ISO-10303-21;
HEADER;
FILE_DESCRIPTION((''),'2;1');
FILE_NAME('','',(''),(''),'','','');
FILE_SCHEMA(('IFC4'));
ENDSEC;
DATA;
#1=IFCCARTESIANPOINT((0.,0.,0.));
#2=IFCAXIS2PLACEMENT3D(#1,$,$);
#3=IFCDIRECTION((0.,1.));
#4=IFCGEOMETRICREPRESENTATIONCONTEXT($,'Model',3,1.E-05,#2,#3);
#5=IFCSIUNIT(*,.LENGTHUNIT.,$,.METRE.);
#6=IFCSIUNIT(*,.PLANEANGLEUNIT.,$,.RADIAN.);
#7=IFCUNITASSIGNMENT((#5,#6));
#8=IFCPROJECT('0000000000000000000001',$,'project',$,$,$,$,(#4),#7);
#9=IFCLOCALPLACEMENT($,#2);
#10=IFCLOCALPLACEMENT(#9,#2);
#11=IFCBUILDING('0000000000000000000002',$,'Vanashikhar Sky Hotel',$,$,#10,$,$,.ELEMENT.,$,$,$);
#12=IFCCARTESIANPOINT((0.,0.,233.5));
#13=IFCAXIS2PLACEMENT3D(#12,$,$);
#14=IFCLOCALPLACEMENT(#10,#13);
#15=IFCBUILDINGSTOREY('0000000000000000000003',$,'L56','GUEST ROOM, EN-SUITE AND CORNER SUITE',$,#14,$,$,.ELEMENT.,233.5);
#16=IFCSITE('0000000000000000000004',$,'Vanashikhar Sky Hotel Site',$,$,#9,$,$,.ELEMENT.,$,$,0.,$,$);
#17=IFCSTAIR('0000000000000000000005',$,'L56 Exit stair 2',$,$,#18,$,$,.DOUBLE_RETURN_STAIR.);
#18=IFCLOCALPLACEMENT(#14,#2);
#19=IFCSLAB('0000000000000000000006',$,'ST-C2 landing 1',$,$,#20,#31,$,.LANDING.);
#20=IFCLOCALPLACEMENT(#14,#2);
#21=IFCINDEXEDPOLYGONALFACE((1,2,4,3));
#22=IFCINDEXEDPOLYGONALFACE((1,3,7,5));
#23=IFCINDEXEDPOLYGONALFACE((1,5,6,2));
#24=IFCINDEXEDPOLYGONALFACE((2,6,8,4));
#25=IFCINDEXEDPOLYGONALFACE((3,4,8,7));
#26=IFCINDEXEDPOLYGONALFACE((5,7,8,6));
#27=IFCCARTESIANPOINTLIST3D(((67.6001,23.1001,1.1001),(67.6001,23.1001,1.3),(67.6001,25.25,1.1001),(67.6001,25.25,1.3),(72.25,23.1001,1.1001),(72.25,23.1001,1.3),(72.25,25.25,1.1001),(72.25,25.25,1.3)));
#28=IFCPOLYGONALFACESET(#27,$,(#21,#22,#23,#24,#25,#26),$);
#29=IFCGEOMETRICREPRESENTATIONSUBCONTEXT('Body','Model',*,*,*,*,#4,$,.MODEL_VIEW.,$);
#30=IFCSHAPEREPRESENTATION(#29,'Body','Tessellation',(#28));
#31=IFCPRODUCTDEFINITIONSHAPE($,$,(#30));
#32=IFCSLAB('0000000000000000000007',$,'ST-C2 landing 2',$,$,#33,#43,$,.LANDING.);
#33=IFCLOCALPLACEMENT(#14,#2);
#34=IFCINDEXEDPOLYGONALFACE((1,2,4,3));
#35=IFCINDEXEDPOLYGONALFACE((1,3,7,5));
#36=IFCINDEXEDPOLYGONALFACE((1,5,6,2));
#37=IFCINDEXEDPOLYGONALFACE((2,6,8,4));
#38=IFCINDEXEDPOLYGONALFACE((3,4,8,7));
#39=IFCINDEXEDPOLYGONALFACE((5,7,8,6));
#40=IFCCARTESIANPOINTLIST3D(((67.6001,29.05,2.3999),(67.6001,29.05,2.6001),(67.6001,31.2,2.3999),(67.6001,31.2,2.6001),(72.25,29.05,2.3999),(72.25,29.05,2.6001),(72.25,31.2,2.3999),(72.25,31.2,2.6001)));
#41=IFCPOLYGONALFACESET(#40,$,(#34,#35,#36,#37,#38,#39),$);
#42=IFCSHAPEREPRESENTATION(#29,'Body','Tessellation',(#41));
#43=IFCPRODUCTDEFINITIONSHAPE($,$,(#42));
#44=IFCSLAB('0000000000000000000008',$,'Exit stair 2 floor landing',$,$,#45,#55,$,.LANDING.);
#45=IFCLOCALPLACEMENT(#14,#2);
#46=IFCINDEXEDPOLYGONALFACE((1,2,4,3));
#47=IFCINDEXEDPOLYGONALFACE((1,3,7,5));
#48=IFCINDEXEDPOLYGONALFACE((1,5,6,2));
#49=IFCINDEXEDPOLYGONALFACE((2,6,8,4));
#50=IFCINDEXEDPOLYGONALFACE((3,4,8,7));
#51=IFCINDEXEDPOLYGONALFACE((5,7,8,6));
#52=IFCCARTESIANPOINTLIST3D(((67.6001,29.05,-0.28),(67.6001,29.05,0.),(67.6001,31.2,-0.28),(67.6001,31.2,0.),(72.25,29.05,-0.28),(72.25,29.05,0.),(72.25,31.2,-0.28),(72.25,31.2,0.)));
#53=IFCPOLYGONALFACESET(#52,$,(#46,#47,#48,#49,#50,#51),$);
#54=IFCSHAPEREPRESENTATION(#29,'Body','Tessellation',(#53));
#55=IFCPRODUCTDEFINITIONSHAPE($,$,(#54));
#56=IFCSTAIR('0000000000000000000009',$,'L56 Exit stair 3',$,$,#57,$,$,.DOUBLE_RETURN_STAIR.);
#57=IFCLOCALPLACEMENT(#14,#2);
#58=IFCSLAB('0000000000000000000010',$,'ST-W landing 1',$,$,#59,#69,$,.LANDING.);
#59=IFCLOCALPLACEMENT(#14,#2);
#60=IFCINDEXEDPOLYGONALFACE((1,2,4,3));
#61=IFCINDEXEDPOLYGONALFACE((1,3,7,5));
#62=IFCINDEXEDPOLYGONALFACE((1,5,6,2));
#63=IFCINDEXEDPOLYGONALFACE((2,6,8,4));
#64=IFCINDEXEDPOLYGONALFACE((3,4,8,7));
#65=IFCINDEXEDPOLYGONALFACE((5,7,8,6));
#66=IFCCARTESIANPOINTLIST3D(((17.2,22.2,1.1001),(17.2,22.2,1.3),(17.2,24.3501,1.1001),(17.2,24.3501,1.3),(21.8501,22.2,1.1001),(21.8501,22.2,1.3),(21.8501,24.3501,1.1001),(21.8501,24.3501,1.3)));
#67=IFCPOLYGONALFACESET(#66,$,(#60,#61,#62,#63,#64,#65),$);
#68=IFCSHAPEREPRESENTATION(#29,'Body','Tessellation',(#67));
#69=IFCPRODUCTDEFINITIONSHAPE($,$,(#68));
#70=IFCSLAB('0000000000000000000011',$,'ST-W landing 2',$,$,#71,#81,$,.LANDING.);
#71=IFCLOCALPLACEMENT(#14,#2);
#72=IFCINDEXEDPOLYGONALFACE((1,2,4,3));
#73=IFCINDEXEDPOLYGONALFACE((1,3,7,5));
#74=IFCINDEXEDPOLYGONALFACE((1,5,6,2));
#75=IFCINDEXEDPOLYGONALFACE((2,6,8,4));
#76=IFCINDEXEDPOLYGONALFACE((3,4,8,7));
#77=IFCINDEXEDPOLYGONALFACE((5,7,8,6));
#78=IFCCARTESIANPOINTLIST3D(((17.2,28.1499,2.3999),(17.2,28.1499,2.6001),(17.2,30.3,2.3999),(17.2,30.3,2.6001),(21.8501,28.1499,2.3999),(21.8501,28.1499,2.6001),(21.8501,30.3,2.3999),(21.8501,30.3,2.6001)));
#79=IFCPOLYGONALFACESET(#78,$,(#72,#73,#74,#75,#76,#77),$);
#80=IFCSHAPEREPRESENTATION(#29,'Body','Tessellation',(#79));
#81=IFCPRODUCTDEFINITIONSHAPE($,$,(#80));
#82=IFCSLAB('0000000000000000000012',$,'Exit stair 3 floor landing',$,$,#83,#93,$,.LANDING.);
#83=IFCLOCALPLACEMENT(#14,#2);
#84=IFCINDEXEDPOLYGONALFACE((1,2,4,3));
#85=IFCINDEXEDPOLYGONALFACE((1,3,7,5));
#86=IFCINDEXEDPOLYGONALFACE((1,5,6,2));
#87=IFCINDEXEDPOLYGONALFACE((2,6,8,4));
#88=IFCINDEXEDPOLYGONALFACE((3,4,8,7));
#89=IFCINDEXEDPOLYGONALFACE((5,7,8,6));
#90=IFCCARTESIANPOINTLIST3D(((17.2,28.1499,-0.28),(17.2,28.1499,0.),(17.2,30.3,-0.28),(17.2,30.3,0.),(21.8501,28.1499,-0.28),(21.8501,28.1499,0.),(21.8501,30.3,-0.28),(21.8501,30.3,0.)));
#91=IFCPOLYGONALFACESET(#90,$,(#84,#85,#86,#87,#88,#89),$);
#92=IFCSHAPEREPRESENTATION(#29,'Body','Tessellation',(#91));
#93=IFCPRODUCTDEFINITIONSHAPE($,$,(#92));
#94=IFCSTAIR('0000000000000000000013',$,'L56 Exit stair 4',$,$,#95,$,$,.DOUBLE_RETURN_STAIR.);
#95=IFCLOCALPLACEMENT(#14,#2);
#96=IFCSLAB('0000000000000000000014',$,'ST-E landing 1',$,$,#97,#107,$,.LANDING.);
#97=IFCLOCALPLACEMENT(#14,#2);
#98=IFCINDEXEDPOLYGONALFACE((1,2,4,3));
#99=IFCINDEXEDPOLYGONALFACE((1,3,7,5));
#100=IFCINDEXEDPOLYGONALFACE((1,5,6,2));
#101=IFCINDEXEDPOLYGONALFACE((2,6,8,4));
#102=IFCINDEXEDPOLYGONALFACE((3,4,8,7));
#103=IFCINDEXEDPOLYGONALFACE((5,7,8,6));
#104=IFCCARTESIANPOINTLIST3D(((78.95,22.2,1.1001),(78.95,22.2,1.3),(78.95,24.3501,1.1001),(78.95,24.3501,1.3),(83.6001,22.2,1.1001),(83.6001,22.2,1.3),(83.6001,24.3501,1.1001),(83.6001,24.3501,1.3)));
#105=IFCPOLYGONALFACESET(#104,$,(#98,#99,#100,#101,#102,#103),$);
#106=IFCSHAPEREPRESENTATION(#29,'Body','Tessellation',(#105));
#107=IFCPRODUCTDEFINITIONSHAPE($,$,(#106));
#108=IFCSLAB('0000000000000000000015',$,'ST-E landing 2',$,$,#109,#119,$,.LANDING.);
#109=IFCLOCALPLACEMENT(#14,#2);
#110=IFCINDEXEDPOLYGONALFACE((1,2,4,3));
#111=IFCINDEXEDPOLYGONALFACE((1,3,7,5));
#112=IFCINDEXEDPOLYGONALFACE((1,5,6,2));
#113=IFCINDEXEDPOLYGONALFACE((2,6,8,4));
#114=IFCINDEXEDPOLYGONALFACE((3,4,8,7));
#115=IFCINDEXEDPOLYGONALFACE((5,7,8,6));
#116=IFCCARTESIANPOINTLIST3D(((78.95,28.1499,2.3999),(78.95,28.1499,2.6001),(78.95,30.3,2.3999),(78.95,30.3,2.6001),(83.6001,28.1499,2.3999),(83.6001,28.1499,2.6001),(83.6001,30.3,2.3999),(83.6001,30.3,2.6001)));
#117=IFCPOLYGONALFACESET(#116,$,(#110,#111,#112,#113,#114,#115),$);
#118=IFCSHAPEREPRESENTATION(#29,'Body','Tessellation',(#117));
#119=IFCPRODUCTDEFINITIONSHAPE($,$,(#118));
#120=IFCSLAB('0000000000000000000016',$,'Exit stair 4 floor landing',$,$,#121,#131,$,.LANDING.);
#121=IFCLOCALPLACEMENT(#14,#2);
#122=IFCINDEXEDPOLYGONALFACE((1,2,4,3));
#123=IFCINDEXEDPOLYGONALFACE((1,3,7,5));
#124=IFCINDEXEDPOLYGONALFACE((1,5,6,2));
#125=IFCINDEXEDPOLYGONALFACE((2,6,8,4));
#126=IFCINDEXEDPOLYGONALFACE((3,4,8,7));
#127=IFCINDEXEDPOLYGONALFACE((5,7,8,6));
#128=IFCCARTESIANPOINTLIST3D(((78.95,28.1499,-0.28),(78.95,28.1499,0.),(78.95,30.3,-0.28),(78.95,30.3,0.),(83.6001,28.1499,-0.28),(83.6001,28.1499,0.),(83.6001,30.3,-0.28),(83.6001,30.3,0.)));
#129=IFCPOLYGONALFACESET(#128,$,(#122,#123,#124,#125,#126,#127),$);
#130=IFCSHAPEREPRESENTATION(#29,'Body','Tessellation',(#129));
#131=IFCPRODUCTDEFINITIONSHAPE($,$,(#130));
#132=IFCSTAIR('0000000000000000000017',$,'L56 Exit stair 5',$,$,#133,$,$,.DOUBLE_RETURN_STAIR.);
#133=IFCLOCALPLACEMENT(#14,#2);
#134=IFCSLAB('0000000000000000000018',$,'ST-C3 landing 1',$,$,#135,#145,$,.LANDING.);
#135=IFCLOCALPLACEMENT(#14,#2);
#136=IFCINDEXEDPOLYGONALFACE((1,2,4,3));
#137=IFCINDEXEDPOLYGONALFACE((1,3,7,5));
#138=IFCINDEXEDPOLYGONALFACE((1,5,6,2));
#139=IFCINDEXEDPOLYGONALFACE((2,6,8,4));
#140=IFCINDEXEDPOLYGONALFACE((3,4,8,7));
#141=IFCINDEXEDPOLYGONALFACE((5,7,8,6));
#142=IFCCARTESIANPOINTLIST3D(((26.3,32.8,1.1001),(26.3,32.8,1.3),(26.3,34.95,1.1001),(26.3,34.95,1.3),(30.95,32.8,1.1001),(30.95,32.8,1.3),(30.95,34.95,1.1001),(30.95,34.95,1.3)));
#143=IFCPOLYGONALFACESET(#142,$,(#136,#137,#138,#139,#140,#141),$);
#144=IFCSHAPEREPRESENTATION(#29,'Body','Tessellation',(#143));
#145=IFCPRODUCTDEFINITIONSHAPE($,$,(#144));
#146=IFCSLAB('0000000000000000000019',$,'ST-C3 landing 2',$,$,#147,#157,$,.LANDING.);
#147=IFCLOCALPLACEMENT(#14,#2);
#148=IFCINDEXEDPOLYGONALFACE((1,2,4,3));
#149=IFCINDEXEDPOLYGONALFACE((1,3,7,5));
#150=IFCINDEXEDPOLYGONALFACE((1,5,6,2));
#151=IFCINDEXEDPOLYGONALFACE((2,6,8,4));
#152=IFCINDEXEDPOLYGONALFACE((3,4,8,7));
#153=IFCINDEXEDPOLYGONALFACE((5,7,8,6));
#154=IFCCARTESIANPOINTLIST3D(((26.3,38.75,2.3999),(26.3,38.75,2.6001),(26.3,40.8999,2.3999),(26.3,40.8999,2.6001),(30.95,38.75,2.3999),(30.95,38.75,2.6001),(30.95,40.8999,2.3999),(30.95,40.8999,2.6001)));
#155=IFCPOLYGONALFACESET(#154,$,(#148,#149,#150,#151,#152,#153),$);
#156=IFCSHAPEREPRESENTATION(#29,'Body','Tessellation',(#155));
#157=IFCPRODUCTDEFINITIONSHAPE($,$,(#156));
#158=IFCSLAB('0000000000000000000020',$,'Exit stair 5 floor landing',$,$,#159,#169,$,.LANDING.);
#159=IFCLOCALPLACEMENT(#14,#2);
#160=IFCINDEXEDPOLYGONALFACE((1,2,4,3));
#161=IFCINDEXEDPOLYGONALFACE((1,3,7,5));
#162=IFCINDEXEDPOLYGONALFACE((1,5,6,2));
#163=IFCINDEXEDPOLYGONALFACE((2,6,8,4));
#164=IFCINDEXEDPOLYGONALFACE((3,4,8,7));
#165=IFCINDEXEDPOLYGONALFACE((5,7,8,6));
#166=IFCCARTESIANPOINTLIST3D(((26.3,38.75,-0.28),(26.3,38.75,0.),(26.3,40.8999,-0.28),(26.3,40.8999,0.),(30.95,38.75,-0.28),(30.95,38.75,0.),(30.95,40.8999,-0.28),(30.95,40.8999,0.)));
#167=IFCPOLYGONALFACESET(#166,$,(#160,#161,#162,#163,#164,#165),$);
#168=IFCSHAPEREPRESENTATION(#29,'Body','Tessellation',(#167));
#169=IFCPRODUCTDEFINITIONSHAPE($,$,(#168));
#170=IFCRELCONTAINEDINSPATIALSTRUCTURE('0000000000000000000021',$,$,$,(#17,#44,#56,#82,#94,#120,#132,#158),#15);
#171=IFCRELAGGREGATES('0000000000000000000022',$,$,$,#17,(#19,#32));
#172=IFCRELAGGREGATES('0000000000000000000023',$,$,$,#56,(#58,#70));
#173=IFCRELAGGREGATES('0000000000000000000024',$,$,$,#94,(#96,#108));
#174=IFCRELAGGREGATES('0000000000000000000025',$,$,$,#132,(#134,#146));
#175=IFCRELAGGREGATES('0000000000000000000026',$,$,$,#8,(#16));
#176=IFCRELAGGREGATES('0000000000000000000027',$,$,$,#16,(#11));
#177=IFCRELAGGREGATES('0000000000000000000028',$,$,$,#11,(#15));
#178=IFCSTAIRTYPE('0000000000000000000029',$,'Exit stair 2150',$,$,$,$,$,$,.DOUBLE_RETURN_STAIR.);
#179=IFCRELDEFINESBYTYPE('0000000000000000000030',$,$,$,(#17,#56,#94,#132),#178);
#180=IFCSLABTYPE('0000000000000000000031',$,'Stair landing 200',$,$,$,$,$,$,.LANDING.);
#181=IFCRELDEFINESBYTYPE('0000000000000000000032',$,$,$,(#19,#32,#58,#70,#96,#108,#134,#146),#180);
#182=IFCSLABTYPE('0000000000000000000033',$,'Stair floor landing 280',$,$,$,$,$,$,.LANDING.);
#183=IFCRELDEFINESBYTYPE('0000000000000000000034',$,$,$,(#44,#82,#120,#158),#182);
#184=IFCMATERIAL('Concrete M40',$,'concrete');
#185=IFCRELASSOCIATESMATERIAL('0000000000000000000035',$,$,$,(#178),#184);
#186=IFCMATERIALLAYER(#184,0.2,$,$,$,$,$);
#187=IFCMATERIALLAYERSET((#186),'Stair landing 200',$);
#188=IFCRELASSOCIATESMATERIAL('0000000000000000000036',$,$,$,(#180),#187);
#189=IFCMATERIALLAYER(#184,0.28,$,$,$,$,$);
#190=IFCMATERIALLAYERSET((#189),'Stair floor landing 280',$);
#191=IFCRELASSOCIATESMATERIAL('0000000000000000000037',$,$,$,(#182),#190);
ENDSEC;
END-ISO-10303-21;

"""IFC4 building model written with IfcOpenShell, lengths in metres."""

from ifc_helpers import new_model, si_unit, direction, frame, origin, place, context, subcontext, project, spatial, polyline, outline, extrude, source, transform, mapped, material, layer, layer_set, type_object, element, aggregate, save


model = new_model("IFC4")

# Units and contexts
model_context = context("Model", 3, precision=1e-05, world=origin(), true_north=direction((0.0, 1.0)))
body_context = subcontext(model_context, "Body", "Model", "MODEL_VIEW")
ifc_project = project(units=[si_unit("LENGTHUNIT", "METRE"), si_unit("PLANEANGLEUNIT", "RADIAN")], contexts=[model_context])

# Site, building, storey
site_placement = place(None, origin())
site = spatial("IfcSite", under=ifc_project, at=site_placement, Name="Vanashikhar Sky Hotel Site", CompositionType="ELEMENT", RefElevation=0.0)
building_placement = place(site_placement, origin())
building = spatial("IfcBuilding", under=site, at=building_placement, Name="Vanashikhar Sky Hotel", CompositionType="ELEMENT")
storey_placement = place(building_placement, frame((0.0, 0.0, 233.5)))
storey = spatial("IfcBuildingStorey", under=building, at=storey_placement, Name="L56", Description="GUEST ROOM, EN-SUITE AND CORNER SUITE", CompositionType="ELEMENT", Elevation=233.5)

# Shared definitions
ifc_material = material(Name="Concrete M40", Category="concrete")

# Shared definitions
stair_type = type_object("IfcStairType", Name="Exit stair 2150", PredefinedType="DOUBLE_RETURN_STAIR", material=ifc_material)
ifc_layer_1 = layer(ifc_material, 0.2)
ifc_layer_set_1 = layer_set([ifc_layer_1], Name="Stair landing 200")
slab_type_1 = type_object("IfcSlabType", Name="Stair landing 200", PredefinedType="LANDING", material=ifc_layer_set_1)

# Shared definitions
ifc_layer_2 = layer(ifc_material, 0.28)
ifc_layer_set_2 = layer_set([ifc_layer_2], Name="Stair floor landing 280")
slab_type_2 = type_object("IfcSlabType", Name="Stair floor landing 280", PredefinedType="LANDING", material=ifc_layer_set_2)

# Stair, slabs
stair_1_placement = place(storey_placement, origin())
stair_1 = element("IfcStair", 1, at=stair_1_placement, inside=storey, type_object=stair_type, Name="L56 Exit stair 2", PredefinedType="DOUBLE_RETURN_STAIR")
shared_shape_1 = source(origin(), body_context, "Body", "SweptSolid", [
    extrude(outline(polyline([(72.25, 23.1001), (72.25, 25.25), (67.6001, 25.25), (67.6001, 23.1001), (72.25, 23.1001)])), origin(), (0.0, 0.0, 1.0), 0.2),
])
slab_1_placement = place(storey_placement, frame((0.0, 0.0, 1.1001)))
slab_1 = element("IfcSlab", 2, at=slab_1_placement, type_object=slab_type_1, Name="ST-C2 landing 1", PredefinedType="LANDING", context=body_context, shape_type="MappedRepresentation", body=[
    mapped(shared_shape_1, transform((0.0, 0.0, 0.0), scale=1.0)),
])
shared_shape_2 = source(origin(), body_context, "Body", "SweptSolid", [
    extrude(outline(polyline([(72.25, 29.05), (72.25, 31.2), (67.6001, 31.2), (67.6001, 29.05), (72.25, 29.05)])), origin(), (0.0, 0.0, 1.0), 0.2002),
])
slab_2_placement = place(storey_placement, frame((0.0, 0.0, 2.3999)))
slab_2 = element("IfcSlab", 3, at=slab_2_placement, type_object=slab_type_1, Name="ST-C2 landing 2", PredefinedType="LANDING", context=body_context, shape_type="MappedRepresentation", body=[
    mapped(shared_shape_2, transform((0.0, 0.0, 0.0), scale=1.0)),
])
aggregate(stair_1, [slab_1, slab_2])

# Slab
shared_shape_3 = source(origin(), body_context, "Body", "SweptSolid", [
    extrude(outline(polyline([(72.25, 29.05), (72.25, 31.2), (67.6001, 31.2), (67.6001, 29.05), (72.25, 29.05)])), origin(), (0.0, 0.0, 1.0), 0.28),
])
slab_3_placement = place(storey_placement, frame((0.0, 0.0, -0.28)))
element("IfcSlab", 4, at=slab_3_placement, inside=storey, type_object=slab_type_2, Name="Exit stair 2 floor landing", PredefinedType="LANDING", context=body_context, shape_type="MappedRepresentation", body=[
    mapped(shared_shape_3, transform((0.0, 0.0, 0.0), scale=1.0)),
])

# Stair, slabs
stair_2_placement = place(storey_placement, origin())
stair_2 = element("IfcStair", 5, at=stair_2_placement, inside=storey, type_object=stair_type, Name="L56 Exit stair 3", PredefinedType="DOUBLE_RETURN_STAIR")
shared_shape_4 = source(origin(), body_context, "Body", "SweptSolid", [
    extrude(outline(polyline([(21.8501, 22.2), (21.8501, 24.3501), (17.2, 24.3501), (17.2, 22.2), (21.8501, 22.2)])), origin(), (0.0, 0.0, 1.0), 0.2),
])
slab_4_placement = place(storey_placement, frame((0.0, 0.0, 1.1001)))
slab_4 = element("IfcSlab", 6, at=slab_4_placement, type_object=slab_type_1, Name="ST-W landing 1", PredefinedType="LANDING", context=body_context, shape_type="MappedRepresentation", body=[
    mapped(shared_shape_4, transform((0.0, 0.0, 0.0), scale=1.0)),
])
shared_shape_5 = source(origin(), body_context, "Body", "SweptSolid", [
    extrude(outline(polyline([(21.8501, 28.1499), (21.8501, 30.3), (17.2, 30.3), (17.2, 28.1499), (21.8501, 28.1499)])), origin(), (0.0, 0.0, 1.0), 0.2002),
])
slab_5_placement = place(storey_placement, frame((0.0, 0.0, 2.3999)))
slab_5 = element("IfcSlab", 7, at=slab_5_placement, type_object=slab_type_1, Name="ST-W landing 2", PredefinedType="LANDING", context=body_context, shape_type="MappedRepresentation", body=[
    mapped(shared_shape_5, transform((0.0, 0.0, 0.0), scale=1.0)),
])
aggregate(stair_2, [slab_4, slab_5])

# Slab
shared_shape_6 = source(origin(), body_context, "Body", "SweptSolid", [
    extrude(outline(polyline([(21.8501, 28.1499), (21.8501, 30.3), (17.2, 30.3), (17.2, 28.1499), (21.8501, 28.1499)])), origin(), (0.0, 0.0, 1.0), 0.28),
])
slab_6_placement = place(storey_placement, frame((0.0, 0.0, -0.28)))
element("IfcSlab", 8, at=slab_6_placement, inside=storey, type_object=slab_type_2, Name="Exit stair 3 floor landing", PredefinedType="LANDING", context=body_context, shape_type="MappedRepresentation", body=[
    mapped(shared_shape_6, transform((0.0, 0.0, 0.0), scale=1.0)),
])

# Stair, slabs
stair_3_placement = place(storey_placement, origin())
stair_3 = element("IfcStair", 9, at=stair_3_placement, inside=storey, type_object=stair_type, Name="L56 Exit stair 4", PredefinedType="DOUBLE_RETURN_STAIR")
shared_shape_7 = source(origin(), body_context, "Body", "SweptSolid", [
    extrude(outline(polyline([(83.6001, 22.2), (83.6001, 24.3501), (78.95, 24.3501), (78.95, 22.2), (83.6001, 22.2)])), origin(), (0.0, 0.0, 1.0), 0.2),
])
slab_7_placement = place(storey_placement, frame((0.0, 0.0, 1.1001)))
slab_7 = element("IfcSlab", 10, at=slab_7_placement, type_object=slab_type_1, Name="ST-E landing 1", PredefinedType="LANDING", context=body_context, shape_type="MappedRepresentation", body=[
    mapped(shared_shape_7, transform((0.0, 0.0, 0.0), scale=1.0)),
])
shared_shape_8 = source(origin(), body_context, "Body", "SweptSolid", [
    extrude(outline(polyline([(83.6001, 28.1499), (83.6001, 30.3), (78.95, 30.3), (78.95, 28.1499), (83.6001, 28.1499)])), origin(), (0.0, 0.0, 1.0), 0.2002),
])
slab_8_placement = place(storey_placement, frame((0.0, 0.0, 2.3999)))
slab_8 = element("IfcSlab", 11, at=slab_8_placement, type_object=slab_type_1, Name="ST-E landing 2", PredefinedType="LANDING", context=body_context, shape_type="MappedRepresentation", body=[
    mapped(shared_shape_8, transform((0.0, 0.0, 0.0), scale=1.0)),
])
aggregate(stair_3, [slab_7, slab_8])

# Slab
shared_shape_9 = source(origin(), body_context, "Body", "SweptSolid", [
    extrude(outline(polyline([(83.6001, 28.1499), (83.6001, 30.3), (78.95, 30.3), (78.95, 28.1499), (83.6001, 28.1499)])), origin(), (0.0, 0.0, 1.0), 0.28),
])
slab_9_placement = place(storey_placement, frame((0.0, 0.0, -0.28)))
element("IfcSlab", 12, at=slab_9_placement, inside=storey, type_object=slab_type_2, Name="Exit stair 4 floor landing", PredefinedType="LANDING", context=body_context, shape_type="MappedRepresentation", body=[
    mapped(shared_shape_9, transform((0.0, 0.0, 0.0), scale=1.0)),
])

# Stair, slabs
stair_4_placement = place(storey_placement, origin())
stair_4 = element("IfcStair", 13, at=stair_4_placement, inside=storey, type_object=stair_type, Name="L56 Exit stair 5", PredefinedType="DOUBLE_RETURN_STAIR")
shared_shape_10 = source(origin(), body_context, "Body", "SweptSolid", [
    extrude(outline(polyline([(30.95, 32.8), (30.95, 34.95), (26.3, 34.95), (26.3, 32.8), (30.95, 32.8)])), origin(), (0.0, 0.0, 1.0), 0.2),
])
slab_10_placement = place(storey_placement, frame((0.0, 0.0, 1.1001)))
slab_10 = element("IfcSlab", 14, at=slab_10_placement, type_object=slab_type_1, Name="ST-C3 landing 1", PredefinedType="LANDING", context=body_context, shape_type="MappedRepresentation", body=[
    mapped(shared_shape_10, transform((0.0, 0.0, 0.0), scale=1.0)),
])
shared_shape_11 = source(origin(), body_context, "Body", "SweptSolid", [
    extrude(outline(polyline([(30.95, 38.75), (30.95, 40.8999), (26.3, 40.8999), (26.3, 38.75), (30.95, 38.75)])), origin(), (0.0, 0.0, 1.0), 0.2002),
])
slab_11_placement = place(storey_placement, frame((0.0, 0.0, 2.3999)))
slab_11 = element("IfcSlab", 15, at=slab_11_placement, type_object=slab_type_1, Name="ST-C3 landing 2", PredefinedType="LANDING", context=body_context, shape_type="MappedRepresentation", body=[
    mapped(shared_shape_11, transform((0.0, 0.0, 0.0), scale=1.0)),
])
aggregate(stair_4, [slab_10, slab_11])

# Slab
shared_shape_12 = source(origin(), body_context, "Body", "SweptSolid", [
    extrude(outline(polyline([(30.95, 38.75), (30.95, 40.8999), (26.3, 40.8999), (26.3, 38.75), (30.95, 38.75)])), origin(), (0.0, 0.0, 1.0), 0.28),
])
slab_12_placement = place(storey_placement, frame((0.0, 0.0, -0.28)))
element("IfcSlab", 16, at=slab_12_placement, inside=storey, type_object=slab_type_2, Name="Exit stair 5 floor landing", PredefinedType="LANDING", context=body_context, shape_type="MappedRepresentation", body=[
    mapped(shared_shape_12, transform((0.0, 0.0, 0.0), scale=1.0)),
])

save(model, "model.ifc")
